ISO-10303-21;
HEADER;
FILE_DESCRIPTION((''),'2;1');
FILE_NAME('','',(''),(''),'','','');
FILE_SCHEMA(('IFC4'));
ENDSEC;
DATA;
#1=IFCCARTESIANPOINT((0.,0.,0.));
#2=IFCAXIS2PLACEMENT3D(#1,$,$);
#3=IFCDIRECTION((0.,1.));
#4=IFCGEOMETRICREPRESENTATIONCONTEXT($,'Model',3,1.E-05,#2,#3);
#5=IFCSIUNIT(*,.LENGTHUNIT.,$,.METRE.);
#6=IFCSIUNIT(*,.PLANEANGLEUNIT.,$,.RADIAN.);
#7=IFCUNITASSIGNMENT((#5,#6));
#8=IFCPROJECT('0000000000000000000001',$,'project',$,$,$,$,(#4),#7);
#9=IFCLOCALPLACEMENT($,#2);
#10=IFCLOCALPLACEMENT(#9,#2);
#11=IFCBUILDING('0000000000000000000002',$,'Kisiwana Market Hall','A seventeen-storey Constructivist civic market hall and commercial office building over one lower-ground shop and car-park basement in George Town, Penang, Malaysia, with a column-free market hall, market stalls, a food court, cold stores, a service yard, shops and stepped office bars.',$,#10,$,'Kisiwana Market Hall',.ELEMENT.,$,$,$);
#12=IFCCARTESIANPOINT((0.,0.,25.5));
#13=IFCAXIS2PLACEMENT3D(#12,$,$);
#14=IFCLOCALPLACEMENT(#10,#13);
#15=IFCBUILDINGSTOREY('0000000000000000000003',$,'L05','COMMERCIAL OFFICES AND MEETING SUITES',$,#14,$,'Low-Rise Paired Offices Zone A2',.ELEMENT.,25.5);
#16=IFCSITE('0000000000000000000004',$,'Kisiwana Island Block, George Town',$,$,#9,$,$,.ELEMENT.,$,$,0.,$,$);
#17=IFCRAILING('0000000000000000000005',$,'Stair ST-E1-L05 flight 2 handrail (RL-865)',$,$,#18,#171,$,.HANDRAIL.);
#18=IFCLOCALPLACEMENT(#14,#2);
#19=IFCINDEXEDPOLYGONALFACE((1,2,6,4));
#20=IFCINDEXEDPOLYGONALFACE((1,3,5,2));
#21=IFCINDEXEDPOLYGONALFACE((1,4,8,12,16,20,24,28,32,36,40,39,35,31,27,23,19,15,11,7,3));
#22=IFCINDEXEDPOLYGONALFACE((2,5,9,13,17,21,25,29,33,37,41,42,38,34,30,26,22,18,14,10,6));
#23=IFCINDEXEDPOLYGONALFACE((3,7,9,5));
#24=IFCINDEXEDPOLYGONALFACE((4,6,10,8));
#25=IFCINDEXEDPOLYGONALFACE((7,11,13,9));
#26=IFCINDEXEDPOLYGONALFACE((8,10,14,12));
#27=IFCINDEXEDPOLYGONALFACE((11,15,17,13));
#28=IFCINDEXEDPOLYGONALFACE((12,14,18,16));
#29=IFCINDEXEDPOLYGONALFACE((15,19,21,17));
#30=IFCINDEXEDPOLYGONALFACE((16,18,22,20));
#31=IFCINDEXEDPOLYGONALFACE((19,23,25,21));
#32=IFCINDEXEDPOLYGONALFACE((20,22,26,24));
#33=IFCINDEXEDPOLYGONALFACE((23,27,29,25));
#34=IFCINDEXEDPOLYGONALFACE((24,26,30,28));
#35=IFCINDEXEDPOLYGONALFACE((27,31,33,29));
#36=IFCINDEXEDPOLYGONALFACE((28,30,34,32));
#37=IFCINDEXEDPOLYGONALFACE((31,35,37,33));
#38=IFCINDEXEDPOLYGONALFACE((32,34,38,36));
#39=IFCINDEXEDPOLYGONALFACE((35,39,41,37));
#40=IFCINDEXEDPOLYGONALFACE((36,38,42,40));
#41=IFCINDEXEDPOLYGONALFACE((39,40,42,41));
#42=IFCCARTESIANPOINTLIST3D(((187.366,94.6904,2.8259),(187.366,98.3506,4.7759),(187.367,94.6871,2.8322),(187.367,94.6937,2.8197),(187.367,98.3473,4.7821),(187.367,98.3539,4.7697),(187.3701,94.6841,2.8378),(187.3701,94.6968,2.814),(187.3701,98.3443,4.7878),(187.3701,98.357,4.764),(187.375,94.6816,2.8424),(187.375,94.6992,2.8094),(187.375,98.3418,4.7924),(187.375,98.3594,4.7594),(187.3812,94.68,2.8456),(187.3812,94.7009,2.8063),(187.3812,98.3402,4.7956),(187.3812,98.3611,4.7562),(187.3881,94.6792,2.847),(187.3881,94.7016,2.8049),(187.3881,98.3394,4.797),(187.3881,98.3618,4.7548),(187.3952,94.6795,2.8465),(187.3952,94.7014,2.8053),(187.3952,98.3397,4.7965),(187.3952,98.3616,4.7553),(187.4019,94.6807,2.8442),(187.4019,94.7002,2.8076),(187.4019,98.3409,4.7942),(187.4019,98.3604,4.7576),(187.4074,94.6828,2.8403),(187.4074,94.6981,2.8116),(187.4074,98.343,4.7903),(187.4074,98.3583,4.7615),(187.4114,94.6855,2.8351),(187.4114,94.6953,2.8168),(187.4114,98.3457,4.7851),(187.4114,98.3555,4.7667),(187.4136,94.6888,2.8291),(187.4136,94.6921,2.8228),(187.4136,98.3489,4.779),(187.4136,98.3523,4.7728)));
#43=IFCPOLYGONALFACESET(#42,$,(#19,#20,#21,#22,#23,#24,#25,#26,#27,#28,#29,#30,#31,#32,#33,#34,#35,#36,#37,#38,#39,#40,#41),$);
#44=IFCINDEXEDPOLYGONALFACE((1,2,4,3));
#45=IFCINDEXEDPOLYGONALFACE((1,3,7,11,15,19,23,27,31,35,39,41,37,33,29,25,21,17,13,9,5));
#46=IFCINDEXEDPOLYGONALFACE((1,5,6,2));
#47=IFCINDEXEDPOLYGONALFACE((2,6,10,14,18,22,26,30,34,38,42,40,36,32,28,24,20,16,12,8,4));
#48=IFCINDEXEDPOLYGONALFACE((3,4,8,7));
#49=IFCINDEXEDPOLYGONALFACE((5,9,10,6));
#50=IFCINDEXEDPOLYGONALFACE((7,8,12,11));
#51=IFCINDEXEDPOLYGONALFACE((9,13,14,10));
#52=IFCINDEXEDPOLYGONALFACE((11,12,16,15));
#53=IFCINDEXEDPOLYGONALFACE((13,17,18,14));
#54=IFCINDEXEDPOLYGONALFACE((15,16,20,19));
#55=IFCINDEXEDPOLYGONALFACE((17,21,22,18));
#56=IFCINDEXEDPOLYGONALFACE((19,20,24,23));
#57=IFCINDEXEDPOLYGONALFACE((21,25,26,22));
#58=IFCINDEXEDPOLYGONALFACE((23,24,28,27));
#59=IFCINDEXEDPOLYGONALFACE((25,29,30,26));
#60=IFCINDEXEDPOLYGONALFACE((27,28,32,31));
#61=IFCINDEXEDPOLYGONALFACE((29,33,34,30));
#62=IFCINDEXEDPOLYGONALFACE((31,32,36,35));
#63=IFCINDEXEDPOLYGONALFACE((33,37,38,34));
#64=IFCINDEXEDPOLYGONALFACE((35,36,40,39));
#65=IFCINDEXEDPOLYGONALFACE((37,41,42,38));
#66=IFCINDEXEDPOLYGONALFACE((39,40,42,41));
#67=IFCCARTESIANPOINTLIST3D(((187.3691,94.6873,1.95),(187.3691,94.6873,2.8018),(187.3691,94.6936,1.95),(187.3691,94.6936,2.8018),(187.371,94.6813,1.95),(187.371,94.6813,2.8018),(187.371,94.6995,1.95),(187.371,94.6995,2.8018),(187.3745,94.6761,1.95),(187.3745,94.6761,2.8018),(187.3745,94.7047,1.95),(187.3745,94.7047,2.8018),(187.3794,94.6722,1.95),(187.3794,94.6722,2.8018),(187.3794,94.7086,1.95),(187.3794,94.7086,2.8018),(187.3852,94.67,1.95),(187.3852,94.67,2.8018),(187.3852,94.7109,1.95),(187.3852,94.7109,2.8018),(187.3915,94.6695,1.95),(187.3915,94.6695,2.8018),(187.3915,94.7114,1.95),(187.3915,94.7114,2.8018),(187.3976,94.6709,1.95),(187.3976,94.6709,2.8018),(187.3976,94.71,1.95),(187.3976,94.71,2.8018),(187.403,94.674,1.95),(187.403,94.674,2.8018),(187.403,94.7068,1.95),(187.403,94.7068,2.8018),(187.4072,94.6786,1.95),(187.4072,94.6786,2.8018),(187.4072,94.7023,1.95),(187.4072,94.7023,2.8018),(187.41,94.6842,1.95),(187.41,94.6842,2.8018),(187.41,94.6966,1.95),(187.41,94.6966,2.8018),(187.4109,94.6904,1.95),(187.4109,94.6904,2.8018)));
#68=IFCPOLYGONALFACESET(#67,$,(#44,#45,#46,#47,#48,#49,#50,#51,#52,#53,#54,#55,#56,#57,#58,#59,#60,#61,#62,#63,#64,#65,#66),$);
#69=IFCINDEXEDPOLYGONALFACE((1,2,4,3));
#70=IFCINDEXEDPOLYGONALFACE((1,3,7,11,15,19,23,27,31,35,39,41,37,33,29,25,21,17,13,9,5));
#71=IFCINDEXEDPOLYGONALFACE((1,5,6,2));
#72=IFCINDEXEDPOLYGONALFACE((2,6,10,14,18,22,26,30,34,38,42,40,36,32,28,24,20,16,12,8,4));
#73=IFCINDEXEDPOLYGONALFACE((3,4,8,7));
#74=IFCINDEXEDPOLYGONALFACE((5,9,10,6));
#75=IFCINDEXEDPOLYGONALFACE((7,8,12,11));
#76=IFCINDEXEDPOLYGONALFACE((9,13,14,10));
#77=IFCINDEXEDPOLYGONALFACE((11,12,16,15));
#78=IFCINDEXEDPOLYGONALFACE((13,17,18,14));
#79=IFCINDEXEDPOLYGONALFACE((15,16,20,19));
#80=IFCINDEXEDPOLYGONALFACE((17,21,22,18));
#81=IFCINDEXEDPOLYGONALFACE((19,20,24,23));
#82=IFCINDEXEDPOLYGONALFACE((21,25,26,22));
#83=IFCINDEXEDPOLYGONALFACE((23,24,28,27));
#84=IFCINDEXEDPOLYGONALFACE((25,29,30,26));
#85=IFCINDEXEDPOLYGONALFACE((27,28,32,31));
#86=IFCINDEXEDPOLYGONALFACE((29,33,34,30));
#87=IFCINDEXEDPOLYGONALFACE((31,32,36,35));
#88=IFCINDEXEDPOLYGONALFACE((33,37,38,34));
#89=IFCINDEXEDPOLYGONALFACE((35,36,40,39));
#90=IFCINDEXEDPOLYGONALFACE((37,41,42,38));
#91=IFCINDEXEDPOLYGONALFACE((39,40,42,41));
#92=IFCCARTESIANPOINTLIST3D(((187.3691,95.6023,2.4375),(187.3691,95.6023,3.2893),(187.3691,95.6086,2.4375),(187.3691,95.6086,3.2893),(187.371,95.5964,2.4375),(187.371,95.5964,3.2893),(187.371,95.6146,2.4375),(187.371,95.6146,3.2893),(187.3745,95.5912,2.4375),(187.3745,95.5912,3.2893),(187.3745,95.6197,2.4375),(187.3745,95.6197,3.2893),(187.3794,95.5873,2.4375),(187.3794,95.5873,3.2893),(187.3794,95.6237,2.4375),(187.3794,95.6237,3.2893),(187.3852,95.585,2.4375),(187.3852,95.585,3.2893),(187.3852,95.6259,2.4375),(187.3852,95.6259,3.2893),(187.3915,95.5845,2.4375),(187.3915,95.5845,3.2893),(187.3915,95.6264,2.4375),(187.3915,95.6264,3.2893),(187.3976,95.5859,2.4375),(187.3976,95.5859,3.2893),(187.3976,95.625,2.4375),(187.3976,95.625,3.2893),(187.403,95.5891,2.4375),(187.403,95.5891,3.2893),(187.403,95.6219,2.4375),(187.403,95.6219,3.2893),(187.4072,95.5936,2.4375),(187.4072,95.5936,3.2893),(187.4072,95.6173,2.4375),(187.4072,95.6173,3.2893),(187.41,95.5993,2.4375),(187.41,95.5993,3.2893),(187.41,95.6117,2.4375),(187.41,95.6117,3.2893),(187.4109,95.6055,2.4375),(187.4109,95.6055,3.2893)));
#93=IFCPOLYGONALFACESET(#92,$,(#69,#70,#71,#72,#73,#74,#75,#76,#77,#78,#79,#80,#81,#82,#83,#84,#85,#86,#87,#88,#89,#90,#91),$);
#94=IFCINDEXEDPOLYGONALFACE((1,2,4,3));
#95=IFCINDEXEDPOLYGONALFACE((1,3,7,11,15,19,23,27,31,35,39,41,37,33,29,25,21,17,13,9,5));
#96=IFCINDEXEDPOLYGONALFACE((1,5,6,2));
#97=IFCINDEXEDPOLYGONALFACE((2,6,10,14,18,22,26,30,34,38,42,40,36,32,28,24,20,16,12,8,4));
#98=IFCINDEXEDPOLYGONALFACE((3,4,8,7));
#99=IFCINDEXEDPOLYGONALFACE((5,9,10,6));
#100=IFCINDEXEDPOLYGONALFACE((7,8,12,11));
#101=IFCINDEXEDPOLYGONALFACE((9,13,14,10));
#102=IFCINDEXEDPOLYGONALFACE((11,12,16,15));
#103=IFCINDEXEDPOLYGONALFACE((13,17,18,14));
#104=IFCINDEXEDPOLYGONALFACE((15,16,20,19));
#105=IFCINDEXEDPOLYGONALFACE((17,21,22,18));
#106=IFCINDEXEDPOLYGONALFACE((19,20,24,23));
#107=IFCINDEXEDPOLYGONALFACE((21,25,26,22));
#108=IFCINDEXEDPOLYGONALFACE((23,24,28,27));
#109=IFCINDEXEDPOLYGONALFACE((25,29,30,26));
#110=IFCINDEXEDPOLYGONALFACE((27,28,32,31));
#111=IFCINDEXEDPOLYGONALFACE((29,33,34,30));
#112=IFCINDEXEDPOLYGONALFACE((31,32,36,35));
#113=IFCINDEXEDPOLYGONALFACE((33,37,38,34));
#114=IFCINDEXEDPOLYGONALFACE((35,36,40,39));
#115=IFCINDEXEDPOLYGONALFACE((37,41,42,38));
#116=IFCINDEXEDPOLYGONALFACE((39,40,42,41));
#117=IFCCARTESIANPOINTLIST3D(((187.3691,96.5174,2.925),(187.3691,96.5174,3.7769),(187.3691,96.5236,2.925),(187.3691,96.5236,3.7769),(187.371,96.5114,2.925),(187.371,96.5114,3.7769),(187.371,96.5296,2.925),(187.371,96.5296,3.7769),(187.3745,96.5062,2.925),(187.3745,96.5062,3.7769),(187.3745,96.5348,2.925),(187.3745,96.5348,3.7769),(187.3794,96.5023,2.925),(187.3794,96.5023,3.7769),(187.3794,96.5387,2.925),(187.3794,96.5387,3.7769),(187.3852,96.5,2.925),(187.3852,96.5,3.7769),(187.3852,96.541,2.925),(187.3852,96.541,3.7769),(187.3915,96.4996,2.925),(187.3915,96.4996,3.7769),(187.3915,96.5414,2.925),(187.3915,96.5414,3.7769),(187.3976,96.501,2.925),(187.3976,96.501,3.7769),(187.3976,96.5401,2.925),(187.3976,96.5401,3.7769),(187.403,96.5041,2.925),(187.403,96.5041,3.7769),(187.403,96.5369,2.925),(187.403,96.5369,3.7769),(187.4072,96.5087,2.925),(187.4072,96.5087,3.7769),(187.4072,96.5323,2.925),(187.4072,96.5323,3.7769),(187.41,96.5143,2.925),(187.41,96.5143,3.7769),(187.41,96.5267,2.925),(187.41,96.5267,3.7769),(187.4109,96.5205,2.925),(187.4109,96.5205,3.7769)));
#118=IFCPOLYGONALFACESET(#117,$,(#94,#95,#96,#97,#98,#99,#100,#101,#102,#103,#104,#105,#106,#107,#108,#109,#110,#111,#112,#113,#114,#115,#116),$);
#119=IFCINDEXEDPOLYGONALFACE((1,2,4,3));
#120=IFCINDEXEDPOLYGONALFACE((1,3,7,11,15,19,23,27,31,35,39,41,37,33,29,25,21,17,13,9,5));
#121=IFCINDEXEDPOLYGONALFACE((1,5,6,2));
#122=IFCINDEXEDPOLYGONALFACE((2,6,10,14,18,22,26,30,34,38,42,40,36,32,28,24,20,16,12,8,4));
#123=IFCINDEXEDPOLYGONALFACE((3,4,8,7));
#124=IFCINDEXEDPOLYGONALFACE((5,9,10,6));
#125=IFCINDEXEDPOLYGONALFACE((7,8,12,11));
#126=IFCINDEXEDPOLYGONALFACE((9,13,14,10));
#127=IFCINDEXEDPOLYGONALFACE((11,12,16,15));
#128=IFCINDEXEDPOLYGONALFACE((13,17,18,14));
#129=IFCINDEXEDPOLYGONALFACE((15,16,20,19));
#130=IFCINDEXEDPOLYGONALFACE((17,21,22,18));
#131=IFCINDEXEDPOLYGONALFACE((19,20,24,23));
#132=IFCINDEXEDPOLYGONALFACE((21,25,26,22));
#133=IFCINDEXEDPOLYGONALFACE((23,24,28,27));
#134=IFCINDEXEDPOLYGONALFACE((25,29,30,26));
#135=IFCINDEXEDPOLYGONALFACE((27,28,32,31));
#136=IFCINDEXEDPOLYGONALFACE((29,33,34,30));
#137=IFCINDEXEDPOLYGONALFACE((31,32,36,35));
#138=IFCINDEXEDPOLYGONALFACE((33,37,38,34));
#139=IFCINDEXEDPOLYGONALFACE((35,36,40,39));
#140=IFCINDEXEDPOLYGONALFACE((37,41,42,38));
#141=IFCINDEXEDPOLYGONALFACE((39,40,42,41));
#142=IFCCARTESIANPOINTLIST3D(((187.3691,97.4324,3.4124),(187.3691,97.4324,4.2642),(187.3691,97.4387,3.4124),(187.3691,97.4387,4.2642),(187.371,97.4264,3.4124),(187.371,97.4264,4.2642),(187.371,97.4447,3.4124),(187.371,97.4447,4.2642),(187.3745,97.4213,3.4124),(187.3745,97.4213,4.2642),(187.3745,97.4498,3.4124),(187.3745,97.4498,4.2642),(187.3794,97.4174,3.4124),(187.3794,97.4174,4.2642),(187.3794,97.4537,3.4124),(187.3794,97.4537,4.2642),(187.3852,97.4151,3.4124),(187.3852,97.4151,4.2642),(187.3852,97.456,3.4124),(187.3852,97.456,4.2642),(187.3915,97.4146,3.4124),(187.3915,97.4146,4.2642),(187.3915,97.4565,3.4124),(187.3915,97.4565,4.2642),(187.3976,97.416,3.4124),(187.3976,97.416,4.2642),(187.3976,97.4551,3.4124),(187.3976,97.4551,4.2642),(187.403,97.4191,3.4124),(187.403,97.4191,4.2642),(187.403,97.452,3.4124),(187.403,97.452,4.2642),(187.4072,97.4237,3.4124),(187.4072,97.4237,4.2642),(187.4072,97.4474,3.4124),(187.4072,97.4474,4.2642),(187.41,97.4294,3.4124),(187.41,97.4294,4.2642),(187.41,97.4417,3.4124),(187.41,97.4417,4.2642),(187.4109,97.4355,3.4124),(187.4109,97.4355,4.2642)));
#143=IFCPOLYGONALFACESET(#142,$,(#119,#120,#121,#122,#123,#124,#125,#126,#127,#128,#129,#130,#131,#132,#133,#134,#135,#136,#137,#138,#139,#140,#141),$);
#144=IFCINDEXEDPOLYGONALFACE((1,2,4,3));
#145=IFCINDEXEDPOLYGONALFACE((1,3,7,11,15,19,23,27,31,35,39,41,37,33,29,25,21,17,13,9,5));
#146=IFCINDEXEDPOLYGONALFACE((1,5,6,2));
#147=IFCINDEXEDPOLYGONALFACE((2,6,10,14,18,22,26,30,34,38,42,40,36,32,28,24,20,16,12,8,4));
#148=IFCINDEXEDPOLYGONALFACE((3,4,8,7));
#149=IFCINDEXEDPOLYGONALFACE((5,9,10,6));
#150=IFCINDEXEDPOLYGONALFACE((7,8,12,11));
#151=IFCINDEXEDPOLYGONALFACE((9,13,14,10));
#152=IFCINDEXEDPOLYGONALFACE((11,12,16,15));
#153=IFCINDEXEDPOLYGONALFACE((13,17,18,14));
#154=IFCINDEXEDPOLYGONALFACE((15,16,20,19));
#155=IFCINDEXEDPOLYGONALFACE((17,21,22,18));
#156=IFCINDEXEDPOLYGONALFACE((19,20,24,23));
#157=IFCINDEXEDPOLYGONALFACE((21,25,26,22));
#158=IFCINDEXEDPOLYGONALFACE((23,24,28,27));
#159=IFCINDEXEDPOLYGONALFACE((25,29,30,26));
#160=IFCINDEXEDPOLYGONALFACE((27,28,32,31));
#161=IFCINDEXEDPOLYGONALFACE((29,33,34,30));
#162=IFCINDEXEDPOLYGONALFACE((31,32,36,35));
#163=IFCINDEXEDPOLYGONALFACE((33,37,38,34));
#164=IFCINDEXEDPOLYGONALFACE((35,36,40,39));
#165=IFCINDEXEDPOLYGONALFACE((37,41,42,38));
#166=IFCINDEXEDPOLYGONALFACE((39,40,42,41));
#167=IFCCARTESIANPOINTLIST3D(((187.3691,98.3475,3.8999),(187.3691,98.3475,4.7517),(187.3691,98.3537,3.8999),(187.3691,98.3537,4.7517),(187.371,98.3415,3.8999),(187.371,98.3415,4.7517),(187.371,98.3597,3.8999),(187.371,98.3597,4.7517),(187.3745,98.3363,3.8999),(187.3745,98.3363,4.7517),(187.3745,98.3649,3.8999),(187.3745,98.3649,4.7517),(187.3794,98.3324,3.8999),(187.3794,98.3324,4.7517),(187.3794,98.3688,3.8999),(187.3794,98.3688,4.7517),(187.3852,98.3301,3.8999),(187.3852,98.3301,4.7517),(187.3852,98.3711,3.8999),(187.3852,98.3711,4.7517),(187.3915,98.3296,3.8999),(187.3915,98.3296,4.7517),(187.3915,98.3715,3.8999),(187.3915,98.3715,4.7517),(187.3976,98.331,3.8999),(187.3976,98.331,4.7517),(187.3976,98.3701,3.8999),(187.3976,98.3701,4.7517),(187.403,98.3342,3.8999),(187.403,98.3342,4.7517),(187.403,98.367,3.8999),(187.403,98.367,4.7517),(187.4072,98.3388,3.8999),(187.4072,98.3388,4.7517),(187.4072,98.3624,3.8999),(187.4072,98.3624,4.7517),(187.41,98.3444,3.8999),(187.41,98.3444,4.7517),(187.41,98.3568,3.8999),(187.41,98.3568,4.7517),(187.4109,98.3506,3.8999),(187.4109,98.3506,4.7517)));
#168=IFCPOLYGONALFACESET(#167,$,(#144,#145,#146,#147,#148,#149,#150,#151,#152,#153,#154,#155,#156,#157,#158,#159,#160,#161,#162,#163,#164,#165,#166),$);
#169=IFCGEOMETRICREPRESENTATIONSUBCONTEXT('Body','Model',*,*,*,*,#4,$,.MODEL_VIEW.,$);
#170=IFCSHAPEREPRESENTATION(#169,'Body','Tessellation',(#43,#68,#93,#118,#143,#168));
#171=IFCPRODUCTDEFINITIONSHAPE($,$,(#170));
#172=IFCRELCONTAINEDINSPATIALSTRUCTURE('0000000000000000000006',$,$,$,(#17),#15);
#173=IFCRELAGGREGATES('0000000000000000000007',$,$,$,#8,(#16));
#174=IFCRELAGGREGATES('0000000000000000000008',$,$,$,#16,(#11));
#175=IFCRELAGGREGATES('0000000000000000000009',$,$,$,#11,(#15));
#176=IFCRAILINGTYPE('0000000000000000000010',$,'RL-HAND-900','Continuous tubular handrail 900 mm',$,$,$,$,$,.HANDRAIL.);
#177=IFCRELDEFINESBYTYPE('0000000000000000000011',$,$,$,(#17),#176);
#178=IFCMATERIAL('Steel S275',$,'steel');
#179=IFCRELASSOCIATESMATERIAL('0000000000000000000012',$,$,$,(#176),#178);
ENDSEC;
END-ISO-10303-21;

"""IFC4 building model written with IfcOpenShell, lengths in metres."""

from ifc_helpers import new_model, si_unit, direction, frame, origin, origin_2d, place, context, subcontext, project, spatial, circle, extrude, material, type_object, element, save


model = new_model("IFC4")

# Units and contexts
model_context = context("Model", 3, precision=1e-05, world=origin(), true_north=direction((0.0, 1.0)))
body_context = subcontext(model_context, "Body", "Model", "MODEL_VIEW")
ifc_project = project(units=[si_unit("LENGTHUNIT", "METRE"), si_unit("PLANEANGLEUNIT", "RADIAN")], contexts=[model_context])

# Site, building, storey
site_placement = place(None, origin())
site = spatial("IfcSite", under=ifc_project, at=site_placement, Name="Kisiwana Island Block, George Town", CompositionType="ELEMENT", RefElevation=0.0)
building_placement = place(site_placement, origin())
building = spatial("IfcBuilding", under=site, at=building_placement, Name="Kisiwana Market Hall", Description="A seventeen-storey Constructivist civic market hall and commercial office building over one lower-ground shop and car-park basement in George Town, Penang, Malaysia, with a column-free market hall, market stalls, a food court, cold stores, a service yard, shops and stepped office bars.", LongName="Kisiwana Market Hall", CompositionType="ELEMENT")
storey_placement = place(building_placement, frame((0.0, 0.0, 25.5)))
storey = spatial("IfcBuildingStorey", under=building, at=storey_placement, Name="L05", Description="COMMERCIAL OFFICES AND MEETING SUITES", LongName="Low-Rise Paired Offices Zone A2", CompositionType="ELEMENT", Elevation=25.5)

# Railing
ifc_material_1 = material(Name="Steel S275", Category="steel")
railing_type_1 = type_object("IfcRailingType", Name="RL-HAND-900", Description="Continuous tubular handrail 900 mm", PredefinedType="HANDRAIL", material=ifc_material_1)
railing_1_placement = place(storey_placement, frame((187.3899, 94.6904, 1.95)))
element("IfcRailing", 1, at=railing_1_placement, inside=storey, type_object=railing_type_1, Name="Stair ST-E1-L05 flight 2 handrail (RL-865)", PredefinedType="HANDRAIL", context=body_context, shape_type="SweptSolid", body=[
    extrude(circle(Radius=0.0239, at=origin_2d()), frame((0.0, 0.0, 0.876), z_axis=(0.0, 0.882566, 0.470188), x_axis=(-1.0, 0.0, 0.0)), (0.0, 0.0, 1.0), 4.1472),
    extrude(circle(Radius=0.021, at=origin_2d()), origin(), (0.0, 0.0, 1.0), 0.8518),
    extrude(circle(Radius=0.021, at=origin_2d()), frame((0.0, 0.915, 0.4875)), (0.0, 0.0, 1.0), 0.8518),
    extrude(circle(Radius=0.021, at=origin_2d()), frame((0.0, 1.8301, 0.9751)), (0.0, 0.0, 1.0), 0.8518),
    extrude(circle(Radius=0.021, at=origin_2d()), frame((0.0, 2.7451, 1.4624)), (0.0, 0.0, 1.0), 0.8518),
    extrude(circle(Radius=0.021, at=origin_2d()), frame((0.0, 3.6602, 1.95)), (0.0, 0.0, 1.0), 0.8518),
])

save(model, "model.ifc")
